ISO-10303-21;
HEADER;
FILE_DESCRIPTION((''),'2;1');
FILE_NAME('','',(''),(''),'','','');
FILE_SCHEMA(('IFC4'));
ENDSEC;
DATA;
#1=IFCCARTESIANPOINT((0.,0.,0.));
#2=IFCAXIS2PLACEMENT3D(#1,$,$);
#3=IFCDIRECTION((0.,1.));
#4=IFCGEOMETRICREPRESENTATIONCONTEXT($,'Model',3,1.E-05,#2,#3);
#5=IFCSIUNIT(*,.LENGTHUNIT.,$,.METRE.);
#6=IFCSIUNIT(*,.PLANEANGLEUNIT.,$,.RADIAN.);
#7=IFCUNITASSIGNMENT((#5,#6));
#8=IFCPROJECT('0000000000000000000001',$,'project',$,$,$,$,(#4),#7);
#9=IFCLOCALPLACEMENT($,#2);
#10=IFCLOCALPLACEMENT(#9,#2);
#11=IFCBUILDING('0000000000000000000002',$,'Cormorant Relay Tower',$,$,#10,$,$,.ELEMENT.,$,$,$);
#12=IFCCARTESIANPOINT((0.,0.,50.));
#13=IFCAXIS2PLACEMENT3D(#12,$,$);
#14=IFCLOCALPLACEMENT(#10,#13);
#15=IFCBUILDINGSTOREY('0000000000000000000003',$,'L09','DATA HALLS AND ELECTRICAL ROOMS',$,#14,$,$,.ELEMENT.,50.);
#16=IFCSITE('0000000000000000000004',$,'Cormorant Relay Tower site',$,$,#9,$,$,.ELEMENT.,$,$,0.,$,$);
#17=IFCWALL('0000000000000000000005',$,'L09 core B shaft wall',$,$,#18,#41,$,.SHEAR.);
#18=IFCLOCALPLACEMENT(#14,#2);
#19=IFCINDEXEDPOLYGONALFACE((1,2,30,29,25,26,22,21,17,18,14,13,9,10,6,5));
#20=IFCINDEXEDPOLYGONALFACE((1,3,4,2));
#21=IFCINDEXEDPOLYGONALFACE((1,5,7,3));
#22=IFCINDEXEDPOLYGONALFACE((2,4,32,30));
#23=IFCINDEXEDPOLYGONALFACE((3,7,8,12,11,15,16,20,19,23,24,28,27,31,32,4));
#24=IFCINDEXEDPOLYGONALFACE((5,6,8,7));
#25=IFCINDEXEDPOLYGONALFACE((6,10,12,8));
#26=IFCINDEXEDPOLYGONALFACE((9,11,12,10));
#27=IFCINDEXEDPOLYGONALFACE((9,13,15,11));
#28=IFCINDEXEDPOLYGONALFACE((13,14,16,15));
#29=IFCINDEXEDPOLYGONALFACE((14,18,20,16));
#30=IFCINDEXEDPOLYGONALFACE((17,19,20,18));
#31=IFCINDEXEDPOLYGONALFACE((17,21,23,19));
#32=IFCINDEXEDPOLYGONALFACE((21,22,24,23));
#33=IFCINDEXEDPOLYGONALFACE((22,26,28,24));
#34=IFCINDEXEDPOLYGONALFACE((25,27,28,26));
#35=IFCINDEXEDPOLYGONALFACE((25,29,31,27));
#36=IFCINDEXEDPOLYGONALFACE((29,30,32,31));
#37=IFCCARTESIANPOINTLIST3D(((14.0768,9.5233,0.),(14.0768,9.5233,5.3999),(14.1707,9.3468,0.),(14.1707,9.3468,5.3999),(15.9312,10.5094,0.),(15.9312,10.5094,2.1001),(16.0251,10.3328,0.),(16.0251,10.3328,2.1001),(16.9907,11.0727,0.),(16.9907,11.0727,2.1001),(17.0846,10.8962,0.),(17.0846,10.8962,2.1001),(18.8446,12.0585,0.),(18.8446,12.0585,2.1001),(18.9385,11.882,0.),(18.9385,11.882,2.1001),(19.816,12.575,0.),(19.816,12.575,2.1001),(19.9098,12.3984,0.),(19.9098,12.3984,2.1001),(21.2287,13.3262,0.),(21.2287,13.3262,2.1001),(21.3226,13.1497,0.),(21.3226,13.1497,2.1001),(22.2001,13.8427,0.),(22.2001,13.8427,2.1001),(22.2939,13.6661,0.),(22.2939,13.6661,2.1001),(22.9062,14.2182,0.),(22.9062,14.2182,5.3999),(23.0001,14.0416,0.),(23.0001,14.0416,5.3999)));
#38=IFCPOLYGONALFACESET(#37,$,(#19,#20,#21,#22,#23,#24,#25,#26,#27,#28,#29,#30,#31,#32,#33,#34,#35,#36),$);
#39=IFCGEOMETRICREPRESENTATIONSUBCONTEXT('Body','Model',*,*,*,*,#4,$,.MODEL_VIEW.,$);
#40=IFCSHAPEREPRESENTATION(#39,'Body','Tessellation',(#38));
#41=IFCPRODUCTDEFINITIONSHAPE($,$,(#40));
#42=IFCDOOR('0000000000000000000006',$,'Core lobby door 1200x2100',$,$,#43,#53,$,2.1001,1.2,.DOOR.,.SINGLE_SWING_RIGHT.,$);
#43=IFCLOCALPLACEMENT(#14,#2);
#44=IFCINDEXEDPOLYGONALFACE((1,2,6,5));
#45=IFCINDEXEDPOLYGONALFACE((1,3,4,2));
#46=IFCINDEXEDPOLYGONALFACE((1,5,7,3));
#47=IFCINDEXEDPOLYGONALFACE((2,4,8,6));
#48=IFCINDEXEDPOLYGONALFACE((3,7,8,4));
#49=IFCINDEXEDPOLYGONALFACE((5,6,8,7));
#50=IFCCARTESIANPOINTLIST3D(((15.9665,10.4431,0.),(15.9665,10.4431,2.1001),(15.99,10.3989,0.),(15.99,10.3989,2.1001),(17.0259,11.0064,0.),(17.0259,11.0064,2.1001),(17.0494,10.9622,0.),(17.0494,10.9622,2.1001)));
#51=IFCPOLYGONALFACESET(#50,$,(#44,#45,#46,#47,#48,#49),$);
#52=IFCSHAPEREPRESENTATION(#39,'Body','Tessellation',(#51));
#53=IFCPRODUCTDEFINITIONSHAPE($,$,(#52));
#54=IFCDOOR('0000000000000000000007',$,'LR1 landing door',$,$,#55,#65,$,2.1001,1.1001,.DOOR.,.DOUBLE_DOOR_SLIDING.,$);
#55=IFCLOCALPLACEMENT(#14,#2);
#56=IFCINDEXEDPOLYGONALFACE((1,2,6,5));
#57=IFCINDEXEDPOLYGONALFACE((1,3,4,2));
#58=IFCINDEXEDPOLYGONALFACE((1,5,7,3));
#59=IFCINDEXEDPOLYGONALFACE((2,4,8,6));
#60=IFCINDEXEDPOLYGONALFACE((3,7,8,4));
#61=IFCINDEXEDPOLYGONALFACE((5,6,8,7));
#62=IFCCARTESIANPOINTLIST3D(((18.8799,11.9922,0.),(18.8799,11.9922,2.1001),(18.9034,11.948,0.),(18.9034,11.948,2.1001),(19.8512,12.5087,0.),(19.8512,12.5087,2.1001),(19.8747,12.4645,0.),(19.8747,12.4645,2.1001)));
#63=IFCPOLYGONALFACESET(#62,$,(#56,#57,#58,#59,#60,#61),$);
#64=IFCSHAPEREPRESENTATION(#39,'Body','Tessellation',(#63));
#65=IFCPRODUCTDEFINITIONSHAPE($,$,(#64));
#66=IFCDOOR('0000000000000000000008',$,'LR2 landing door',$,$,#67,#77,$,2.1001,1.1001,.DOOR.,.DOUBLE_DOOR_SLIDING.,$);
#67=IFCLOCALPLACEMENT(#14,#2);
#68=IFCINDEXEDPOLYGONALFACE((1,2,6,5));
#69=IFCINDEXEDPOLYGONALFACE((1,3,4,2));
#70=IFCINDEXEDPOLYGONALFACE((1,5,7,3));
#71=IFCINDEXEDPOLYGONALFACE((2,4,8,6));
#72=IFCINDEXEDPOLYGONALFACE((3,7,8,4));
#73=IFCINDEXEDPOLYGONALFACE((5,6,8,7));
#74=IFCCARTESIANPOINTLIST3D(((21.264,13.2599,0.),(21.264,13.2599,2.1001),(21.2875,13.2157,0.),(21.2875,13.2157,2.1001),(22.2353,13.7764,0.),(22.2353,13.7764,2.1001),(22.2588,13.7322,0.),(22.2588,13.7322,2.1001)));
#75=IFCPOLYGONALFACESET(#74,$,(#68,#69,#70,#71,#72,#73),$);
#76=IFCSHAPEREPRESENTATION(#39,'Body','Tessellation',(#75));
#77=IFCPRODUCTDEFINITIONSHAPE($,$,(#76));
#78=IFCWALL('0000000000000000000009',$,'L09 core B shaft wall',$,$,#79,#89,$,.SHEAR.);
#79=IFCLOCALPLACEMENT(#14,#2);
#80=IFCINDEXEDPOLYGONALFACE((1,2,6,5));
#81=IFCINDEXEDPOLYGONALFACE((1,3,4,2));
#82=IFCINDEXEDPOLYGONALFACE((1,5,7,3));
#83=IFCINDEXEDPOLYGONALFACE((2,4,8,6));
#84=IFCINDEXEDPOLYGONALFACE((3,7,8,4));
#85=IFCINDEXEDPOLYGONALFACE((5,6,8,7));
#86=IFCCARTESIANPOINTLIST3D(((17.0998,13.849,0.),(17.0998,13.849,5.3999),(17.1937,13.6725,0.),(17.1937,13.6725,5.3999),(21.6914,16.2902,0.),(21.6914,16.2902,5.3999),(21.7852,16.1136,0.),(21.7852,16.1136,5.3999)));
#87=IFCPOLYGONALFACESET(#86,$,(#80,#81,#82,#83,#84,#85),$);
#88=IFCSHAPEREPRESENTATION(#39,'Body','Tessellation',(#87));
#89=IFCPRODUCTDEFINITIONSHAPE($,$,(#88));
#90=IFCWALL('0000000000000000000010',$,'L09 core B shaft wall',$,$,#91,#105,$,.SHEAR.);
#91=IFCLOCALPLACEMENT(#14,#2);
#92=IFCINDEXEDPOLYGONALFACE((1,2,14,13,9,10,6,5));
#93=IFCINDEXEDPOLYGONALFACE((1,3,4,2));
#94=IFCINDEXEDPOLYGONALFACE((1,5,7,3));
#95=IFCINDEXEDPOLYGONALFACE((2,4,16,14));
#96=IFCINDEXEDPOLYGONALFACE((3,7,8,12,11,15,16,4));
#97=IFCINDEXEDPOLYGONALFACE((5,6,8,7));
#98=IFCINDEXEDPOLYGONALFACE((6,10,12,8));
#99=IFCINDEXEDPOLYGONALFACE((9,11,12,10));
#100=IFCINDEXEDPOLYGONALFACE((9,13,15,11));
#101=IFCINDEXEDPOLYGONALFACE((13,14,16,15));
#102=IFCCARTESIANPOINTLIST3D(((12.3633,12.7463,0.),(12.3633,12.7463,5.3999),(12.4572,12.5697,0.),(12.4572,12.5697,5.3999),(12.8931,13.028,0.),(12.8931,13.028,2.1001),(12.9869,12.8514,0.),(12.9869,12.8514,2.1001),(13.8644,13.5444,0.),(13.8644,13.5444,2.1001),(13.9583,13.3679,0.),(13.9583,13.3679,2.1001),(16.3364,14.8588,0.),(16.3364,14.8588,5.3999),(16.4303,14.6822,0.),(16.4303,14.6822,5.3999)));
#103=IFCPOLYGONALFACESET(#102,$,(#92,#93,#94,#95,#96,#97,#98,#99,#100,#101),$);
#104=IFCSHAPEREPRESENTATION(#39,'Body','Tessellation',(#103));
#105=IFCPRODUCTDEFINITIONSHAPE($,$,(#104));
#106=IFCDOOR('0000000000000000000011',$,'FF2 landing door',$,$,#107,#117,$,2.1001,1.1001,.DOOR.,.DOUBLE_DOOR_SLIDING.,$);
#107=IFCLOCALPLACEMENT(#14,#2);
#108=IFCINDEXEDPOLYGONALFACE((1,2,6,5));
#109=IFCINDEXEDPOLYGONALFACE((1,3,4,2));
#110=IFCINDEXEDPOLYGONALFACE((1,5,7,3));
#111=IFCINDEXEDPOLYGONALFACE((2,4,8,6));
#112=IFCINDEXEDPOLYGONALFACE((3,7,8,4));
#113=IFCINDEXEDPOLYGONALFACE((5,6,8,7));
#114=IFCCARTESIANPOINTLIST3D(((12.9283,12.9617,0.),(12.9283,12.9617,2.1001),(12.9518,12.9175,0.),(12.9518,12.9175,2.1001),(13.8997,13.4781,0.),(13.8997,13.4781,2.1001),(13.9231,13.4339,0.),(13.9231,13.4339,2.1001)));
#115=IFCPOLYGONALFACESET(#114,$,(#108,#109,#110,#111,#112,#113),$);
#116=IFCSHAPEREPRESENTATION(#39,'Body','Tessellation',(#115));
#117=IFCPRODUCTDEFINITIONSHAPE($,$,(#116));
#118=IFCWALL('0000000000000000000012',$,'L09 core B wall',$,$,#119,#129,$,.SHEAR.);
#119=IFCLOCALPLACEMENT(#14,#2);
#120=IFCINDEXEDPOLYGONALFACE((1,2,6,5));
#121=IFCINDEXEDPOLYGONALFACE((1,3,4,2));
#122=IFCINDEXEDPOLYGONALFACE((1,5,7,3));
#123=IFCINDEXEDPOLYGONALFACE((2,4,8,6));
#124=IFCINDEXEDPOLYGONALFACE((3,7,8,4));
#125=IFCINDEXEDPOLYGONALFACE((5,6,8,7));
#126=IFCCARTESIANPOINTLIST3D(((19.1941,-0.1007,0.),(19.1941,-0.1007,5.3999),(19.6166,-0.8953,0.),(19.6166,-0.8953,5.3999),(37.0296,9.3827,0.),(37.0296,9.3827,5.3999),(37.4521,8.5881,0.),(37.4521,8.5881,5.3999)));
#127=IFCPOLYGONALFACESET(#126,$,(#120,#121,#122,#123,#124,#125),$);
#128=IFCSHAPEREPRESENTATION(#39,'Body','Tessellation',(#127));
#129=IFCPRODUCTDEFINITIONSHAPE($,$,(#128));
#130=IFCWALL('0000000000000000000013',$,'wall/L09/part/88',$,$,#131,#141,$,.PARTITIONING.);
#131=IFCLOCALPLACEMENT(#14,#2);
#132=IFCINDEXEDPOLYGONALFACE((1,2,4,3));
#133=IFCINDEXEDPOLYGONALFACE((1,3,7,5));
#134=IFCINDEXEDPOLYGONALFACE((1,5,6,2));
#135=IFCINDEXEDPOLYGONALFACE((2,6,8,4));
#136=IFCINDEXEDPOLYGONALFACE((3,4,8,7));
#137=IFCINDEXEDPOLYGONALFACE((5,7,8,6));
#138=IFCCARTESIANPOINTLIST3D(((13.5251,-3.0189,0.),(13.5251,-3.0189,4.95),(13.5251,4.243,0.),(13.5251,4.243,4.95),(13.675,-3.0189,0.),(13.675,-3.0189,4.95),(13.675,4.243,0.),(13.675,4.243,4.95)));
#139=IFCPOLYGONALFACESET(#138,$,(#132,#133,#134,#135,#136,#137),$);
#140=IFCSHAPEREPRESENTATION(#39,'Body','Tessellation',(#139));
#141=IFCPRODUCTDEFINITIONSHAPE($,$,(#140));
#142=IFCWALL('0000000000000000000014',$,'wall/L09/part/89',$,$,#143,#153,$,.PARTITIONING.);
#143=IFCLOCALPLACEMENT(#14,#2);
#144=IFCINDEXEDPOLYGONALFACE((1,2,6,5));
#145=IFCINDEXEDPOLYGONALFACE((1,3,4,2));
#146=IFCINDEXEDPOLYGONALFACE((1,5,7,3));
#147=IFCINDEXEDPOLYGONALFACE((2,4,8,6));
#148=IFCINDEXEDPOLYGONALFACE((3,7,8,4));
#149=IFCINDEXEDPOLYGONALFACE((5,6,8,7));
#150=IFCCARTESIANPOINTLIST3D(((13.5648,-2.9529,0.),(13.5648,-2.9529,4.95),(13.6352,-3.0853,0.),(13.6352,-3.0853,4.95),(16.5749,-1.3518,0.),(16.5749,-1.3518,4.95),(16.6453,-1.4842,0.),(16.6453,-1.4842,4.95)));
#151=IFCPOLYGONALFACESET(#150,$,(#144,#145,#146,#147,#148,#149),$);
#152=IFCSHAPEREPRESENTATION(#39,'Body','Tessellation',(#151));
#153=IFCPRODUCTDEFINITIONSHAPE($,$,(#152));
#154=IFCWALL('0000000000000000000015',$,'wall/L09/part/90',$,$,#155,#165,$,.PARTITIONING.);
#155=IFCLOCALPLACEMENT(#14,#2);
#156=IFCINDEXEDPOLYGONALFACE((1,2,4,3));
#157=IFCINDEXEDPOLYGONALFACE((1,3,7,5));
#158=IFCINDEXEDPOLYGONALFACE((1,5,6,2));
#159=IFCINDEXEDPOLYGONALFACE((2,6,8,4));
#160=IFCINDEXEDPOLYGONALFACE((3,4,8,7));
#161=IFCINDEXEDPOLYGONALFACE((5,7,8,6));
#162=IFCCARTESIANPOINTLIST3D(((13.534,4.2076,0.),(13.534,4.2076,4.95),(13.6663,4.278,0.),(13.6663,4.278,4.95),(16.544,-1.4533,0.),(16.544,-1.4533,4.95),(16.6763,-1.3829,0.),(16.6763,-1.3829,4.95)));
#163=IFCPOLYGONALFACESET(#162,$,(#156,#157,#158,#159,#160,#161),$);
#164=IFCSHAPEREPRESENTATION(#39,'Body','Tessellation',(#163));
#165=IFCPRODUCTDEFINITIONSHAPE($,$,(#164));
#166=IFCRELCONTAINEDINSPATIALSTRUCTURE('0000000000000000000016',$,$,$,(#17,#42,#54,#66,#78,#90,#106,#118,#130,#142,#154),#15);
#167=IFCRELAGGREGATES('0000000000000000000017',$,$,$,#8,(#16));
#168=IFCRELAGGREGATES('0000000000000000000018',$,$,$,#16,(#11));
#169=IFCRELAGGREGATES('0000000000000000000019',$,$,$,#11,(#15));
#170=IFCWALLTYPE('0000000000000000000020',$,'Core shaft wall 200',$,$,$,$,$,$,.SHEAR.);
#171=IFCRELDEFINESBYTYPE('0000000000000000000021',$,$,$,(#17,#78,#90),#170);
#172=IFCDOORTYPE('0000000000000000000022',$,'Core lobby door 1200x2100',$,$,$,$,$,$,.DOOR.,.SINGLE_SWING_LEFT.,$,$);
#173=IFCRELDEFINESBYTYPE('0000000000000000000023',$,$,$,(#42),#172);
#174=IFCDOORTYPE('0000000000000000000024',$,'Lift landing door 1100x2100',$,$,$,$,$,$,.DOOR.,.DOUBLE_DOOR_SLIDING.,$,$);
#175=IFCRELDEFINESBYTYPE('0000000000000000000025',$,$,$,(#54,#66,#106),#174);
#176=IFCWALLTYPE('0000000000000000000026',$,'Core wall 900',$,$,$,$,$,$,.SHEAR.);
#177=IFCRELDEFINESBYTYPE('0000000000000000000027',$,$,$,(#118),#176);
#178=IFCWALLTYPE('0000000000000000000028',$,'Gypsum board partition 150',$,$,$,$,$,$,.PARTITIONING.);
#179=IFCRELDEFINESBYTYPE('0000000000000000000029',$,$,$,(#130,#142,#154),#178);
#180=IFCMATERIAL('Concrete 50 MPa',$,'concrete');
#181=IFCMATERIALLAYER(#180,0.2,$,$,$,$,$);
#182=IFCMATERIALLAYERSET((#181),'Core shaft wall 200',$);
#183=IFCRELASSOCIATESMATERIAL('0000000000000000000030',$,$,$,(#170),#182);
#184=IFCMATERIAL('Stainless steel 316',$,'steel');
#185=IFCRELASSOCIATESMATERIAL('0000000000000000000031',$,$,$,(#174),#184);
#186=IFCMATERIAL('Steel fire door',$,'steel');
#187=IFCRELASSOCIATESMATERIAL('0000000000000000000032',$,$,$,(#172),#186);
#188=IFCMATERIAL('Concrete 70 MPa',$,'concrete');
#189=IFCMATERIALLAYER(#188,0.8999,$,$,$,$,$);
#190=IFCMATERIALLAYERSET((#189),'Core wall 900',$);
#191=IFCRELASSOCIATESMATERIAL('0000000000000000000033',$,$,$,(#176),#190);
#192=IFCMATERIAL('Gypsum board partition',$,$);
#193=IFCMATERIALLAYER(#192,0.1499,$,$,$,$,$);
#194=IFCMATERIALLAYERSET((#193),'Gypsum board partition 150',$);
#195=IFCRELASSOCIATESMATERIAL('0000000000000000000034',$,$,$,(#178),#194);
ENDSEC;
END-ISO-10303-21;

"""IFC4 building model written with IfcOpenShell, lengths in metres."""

from ifc_helpers import new_model, si_unit, direction, frame, frame_2d, origin, place, context, subcontext, project, spatial, rectangle, extrude, material, layer, layer_set, type_object, element, fill, save


model = new_model("IFC4")

# Units and contexts
model_context = context("Model", 3, precision=1e-05, world=origin(), true_north=direction((0.0, 1.0)))
body_context = subcontext(model_context, "Body", "Model", "MODEL_VIEW")
ifc_project = project(units=[si_unit("LENGTHUNIT", "METRE"), si_unit("PLANEANGLEUNIT", "RADIAN")], contexts=[model_context])

# Site, building, storey
site_placement = place(None, origin())
site = spatial("IfcSite", under=ifc_project, at=site_placement, Name="Cormorant Relay Tower site", CompositionType="ELEMENT", RefElevation=0.0)
building_placement = place(site_placement, origin())
building = spatial("IfcBuilding", under=site, at=building_placement, Name="Cormorant Relay Tower", CompositionType="ELEMENT")
storey_placement = place(building_placement, frame((0.0, 0.0, 50.0)))
storey = spatial("IfcBuildingStorey", under=building, at=storey_placement, Name="L09", Description="DATA HALLS AND ELECTRICAL ROOMS", CompositionType="ELEMENT", Elevation=50.0)

# Shared definitions
ifc_material_1 = material(Name="Concrete 50 MPa", Category="concrete")
ifc_layer_1 = layer(ifc_material_1, 0.2)
ifc_layer_set_1 = layer_set([ifc_layer_1], Name="Core shaft wall 200")
wall_type_1 = type_object("IfcWallType", Name="Core shaft wall 200", PredefinedType="SHEAR", material=ifc_layer_set_1)

# Wall, openings, doors
ifc_material_2 = material(Name="Stainless steel 316", Category="steel")
door_type_1 = type_object("IfcDoorType", Name="Lift landing door 1100x2100", OperationType="DOUBLE_DOOR_SLIDING", PredefinedType="DOOR", material=ifc_material_2)
wall_1_placement = place(storey_placement, frame((14.1238, 9.4351, 0.0), z_axis=(0.0, 0.0, 1.0), x_axis=(0.88294, 0.469485, 0.0)))
wall_1 = element("IfcWall", 1, at=wall_1_placement, inside=storey, type_object=wall_type_1, Name="L09 core B shaft wall", PredefinedType="SHEAR", context=body_context, shape_type="SweptSolid", body=[
    extrude(rectangle(XDim=10.0, YDim=0.2, at=frame_2d((5.0, 0.0))), origin(), (0.0, 0.0, 1.0), 5.3999),
])
opening_1_placement = place(wall_1_placement, frame((2.1001, 0.0, 0.0)))
opening_1 = element("IfcOpeningElement", 2, at=opening_1_placement, cuts=wall_1, PredefinedType="OPENING", context=body_context, shape_type="SweptSolid", body=[
    extrude(rectangle(XDim=1.2, YDim=2.1001, at=frame_2d((0.6001, 1.05))), frame((0.0, 0.1099, 0.0), z_axis=(0.0, -1.0, 0.0), x_axis=(1.0, 0.0, 0.0)), (0.0, 0.0, 1.0), 0.22),
])
opening_2_placement = place(wall_1_placement, frame((5.3999, 0.0, 0.0)))
opening_2 = element("IfcOpeningElement", 3, at=opening_2_placement, cuts=wall_1, PredefinedType="OPENING", context=body_context, shape_type="SweptSolid", body=[
    extrude(rectangle(XDim=1.1001, YDim=2.1001, at=frame_2d((0.55, 1.05))), frame((0.0, 0.1099, 0.0), z_axis=(0.0, -1.0, 0.0), x_axis=(1.0, 0.0, 0.0)), (0.0, 0.0, 1.0), 0.22),
])
opening_3_placement = place(wall_1_placement, frame((8.1001, 0.0, 0.0)))
opening_3 = element("IfcOpeningElement", 4, at=opening_3_placement, cuts=wall_1, PredefinedType="OPENING", context=body_context, shape_type="SweptSolid", body=[
    extrude(rectangle(XDim=1.1001, YDim=2.1001, at=frame_2d((0.55, 1.05))), frame((0.0, 0.1099, 0.0), z_axis=(0.0, -1.0, 0.0), x_axis=(1.0, 0.0, 0.0)), (0.0, 0.0, 1.0), 0.22),
])
ifc_material_3 = material(Name="Steel fire door", Category="steel")
door_type_2 = type_object("IfcDoorType", Name="Core lobby door 1200x2100", OperationType="SINGLE_SWING_LEFT", PredefinedType="DOOR", material=ifc_material_3)
door_1_placement = place(opening_1_placement, origin())
door_1 = element("IfcDoor", 5, at=door_1_placement, inside=storey, type_object=door_type_2, Name="Core lobby door 1200x2100", OperationType="SINGLE_SWING_RIGHT", OverallHeight=2.1001, OverallWidth=1.2, PredefinedType="DOOR", context=body_context, shape_type="SweptSolid", body=[
    extrude(rectangle(XDim=1.2, YDim=2.1001, at=frame_2d((0.6001, 1.05))), frame((0.0, 0.0249, 0.0), z_axis=(0.0, -1.0, 0.0), x_axis=(1.0, 0.0, 0.0)), (0.0, 0.0, 1.0), 0.05),
])
fill(opening_1, door_1)
door_2_placement = place(opening_2_placement, origin())
door_2 = element("IfcDoor", 6, at=door_2_placement, inside=storey, type_object=door_type_1, Name="LR1 landing door", OperationType="DOUBLE_DOOR_SLIDING", OverallHeight=2.1001, OverallWidth=1.1001, PredefinedType="DOOR", context=body_context, shape_type="SweptSolid", body=[
    extrude(rectangle(XDim=1.1001, YDim=2.1001, at=frame_2d((0.55, 1.05))), frame((0.0, 0.0249, 0.0), z_axis=(0.0, -1.0, 0.0), x_axis=(1.0, 0.0, 0.0)), (0.0, 0.0, 1.0), 0.05),
])
fill(opening_2, door_2)
door_3_placement = place(opening_3_placement, origin())
door_3 = element("IfcDoor", 7, at=door_3_placement, inside=storey, type_object=door_type_1, Name="LR2 landing door", OperationType="DOUBLE_DOOR_SLIDING", OverallHeight=2.1001, OverallWidth=1.1001, PredefinedType="DOOR", context=body_context, shape_type="SweptSolid", body=[
    extrude(rectangle(XDim=1.1001, YDim=2.1001, at=frame_2d((0.55, 1.05))), frame((0.0, 0.0249, 0.0), z_axis=(0.0, -1.0, 0.0), x_axis=(1.0, 0.0, 0.0)), (0.0, 0.0, 1.0), 0.05),
])
fill(opening_3, door_3)

# Wall
wall_2_placement = place(storey_placement, frame((17.1467, 13.7607, 0.0), z_axis=(0.0, 0.0, 1.0), x_axis=(0.882964, 0.46944, 0.0)))
element("IfcWall", 8, at=wall_2_placement, inside=storey, type_object=wall_type_1, Name="L09 core B shaft wall", PredefinedType="SHEAR", context=body_context, shape_type="SweptSolid", body=[
    extrude(rectangle(XDim=5.2002, YDim=0.2, at=frame_2d((2.6001, 0.0))), origin(), (0.0, 0.0, 1.0), 5.3999),
])

# Wall, opening, door
wall_3_placement = place(storey_placement, frame((12.4102, 12.658, 0.0), z_axis=(0.0, 0.0, 1.0), x_axis=(0.882948, 0.46947, 0.0)))
wall_3 = element("IfcWall", 9, at=wall_3_placement, inside=storey, type_object=wall_type_1, Name="L09 core B shaft wall", PredefinedType="SHEAR", context=body_context, shape_type="SweptSolid", body=[
    extrude(rectangle(XDim=4.4998, YDim=0.2, at=frame_2d((2.25, 0.0))), origin(), (0.0, 0.0, 1.0), 5.3999),
])
opening_4_placement = place(wall_3_placement, frame((0.6001, 0.0, 0.0)))
opening_4 = element("IfcOpeningElement", 10, at=opening_4_placement, cuts=wall_3, PredefinedType="OPENING", context=body_context, shape_type="SweptSolid", body=[
    extrude(rectangle(XDim=1.1001, YDim=2.1001, at=frame_2d((0.55, 1.05))), frame((0.0, 0.1099, 0.0), z_axis=(0.0, -1.0, 0.0), x_axis=(1.0, 0.0, 0.0)), (0.0, 0.0, 1.0), 0.22),
])
door_4_placement = place(opening_4_placement, origin())
door_4 = element("IfcDoor", 11, at=door_4_placement, inside=storey, type_object=door_type_1, Name="FF2 landing door", OperationType="DOUBLE_DOOR_SLIDING", OverallHeight=2.1001, OverallWidth=1.1001, PredefinedType="DOOR", context=body_context, shape_type="SweptSolid", body=[
    extrude(rectangle(XDim=1.1001, YDim=2.1001, at=frame_2d((0.55, 1.05))), frame((0.0, 0.0249, 0.0), z_axis=(0.0, -1.0, 0.0), x_axis=(1.0, 0.0, 0.0)), (0.0, 0.0, 1.0), 0.05),
])
fill(opening_4, door_4)
ifc_material_4 = material(Name="Concrete 70 MPa", Category="concrete")
ifc_layer_2 = layer(ifc_material_4, 0.8999)
ifc_layer_set_2 = layer_set([ifc_layer_2], Name="Core wall 900")
wall_type_2 = type_object("IfcWallType", Name="Core wall 900", PredefinedType="SHEAR", material=ifc_layer_set_2)

# Walls
wall_4_placement = place(storey_placement, frame((19.4053, -0.498, 0.0), z_axis=(0.0, 0.0, 1.0), x_axis=(0.882945, 0.469476, 0.0)))
element("IfcWall", 12, at=wall_4_placement, inside=storey, type_object=wall_type_2, Name="L09 core B wall", PredefinedType="SHEAR", context=body_context, shape_type="SweptSolid", body=[
    extrude(rectangle(XDim=20.2, YDim=0.8999, at=frame_2d((10.1001, 0.0))), origin(), (0.0, 0.0, 1.0), 5.3999),
])
ifc_material_5 = material(Name="Gypsum board partition")
ifc_layer_3 = layer(ifc_material_5, 0.1499)
ifc_layer_set_3 = layer_set([ifc_layer_3], Name="Gypsum board partition 150")
wall_type_3 = type_object("IfcWallType", Name="Gypsum board partition 150", PredefinedType="PARTITIONING", material=ifc_layer_set_3)
wall_5_placement = place(storey_placement, frame((13.6001, 4.2429, 0.0), z_axis=(0.0, 0.0, 1.0), x_axis=(0.0, -1.0, 0.0)))
element("IfcWall", 13, at=wall_5_placement, inside=storey, type_object=wall_type_3, Name="wall/L09/part/88", PredefinedType="PARTITIONING", context=body_context, shape_type="SweptSolid", body=[
    extrude(rectangle(XDim=7.262, YDim=0.1499, at=frame_2d((3.6309, 0.0))), origin(), (0.0, 0.0, 1.0), 4.95),
])
wall_6_placement = place(storey_placement, frame((13.6001, -3.019, 0.0), z_axis=(0.0, 0.0, 1.0), x_axis=(0.882872, 0.469614, 0.0)))
element("IfcWall", 14, at=wall_6_placement, inside=storey, type_object=wall_type_3, Name="wall/L09/part/89", PredefinedType="PARTITIONING", context=body_context, shape_type="SweptSolid", body=[
    extrude(rectangle(XDim=3.4094, YDim=0.1499, at=frame_2d((1.7046, 0.0))), origin(), (0.0, 0.0, 1.0), 4.95),
])
wall_7_placement = place(storey_placement, frame((16.6101, -1.418, 0.0), z_axis=(0.0, 0.0, 1.0), x_axis=(-0.469479, 0.882944, 0.0)))
element("IfcWall", 15, at=wall_7_placement, inside=storey, type_object=wall_type_3, Name="wall/L09/part/90", PredefinedType="PARTITIONING", context=body_context, shape_type="SweptSolid", body=[
    extrude(rectangle(XDim=6.4114, YDim=0.1499, at=frame_2d((3.2056, 0.0))), origin(), (0.0, 0.0, 1.0), 4.95),
])

save(model, "model.ifc")
